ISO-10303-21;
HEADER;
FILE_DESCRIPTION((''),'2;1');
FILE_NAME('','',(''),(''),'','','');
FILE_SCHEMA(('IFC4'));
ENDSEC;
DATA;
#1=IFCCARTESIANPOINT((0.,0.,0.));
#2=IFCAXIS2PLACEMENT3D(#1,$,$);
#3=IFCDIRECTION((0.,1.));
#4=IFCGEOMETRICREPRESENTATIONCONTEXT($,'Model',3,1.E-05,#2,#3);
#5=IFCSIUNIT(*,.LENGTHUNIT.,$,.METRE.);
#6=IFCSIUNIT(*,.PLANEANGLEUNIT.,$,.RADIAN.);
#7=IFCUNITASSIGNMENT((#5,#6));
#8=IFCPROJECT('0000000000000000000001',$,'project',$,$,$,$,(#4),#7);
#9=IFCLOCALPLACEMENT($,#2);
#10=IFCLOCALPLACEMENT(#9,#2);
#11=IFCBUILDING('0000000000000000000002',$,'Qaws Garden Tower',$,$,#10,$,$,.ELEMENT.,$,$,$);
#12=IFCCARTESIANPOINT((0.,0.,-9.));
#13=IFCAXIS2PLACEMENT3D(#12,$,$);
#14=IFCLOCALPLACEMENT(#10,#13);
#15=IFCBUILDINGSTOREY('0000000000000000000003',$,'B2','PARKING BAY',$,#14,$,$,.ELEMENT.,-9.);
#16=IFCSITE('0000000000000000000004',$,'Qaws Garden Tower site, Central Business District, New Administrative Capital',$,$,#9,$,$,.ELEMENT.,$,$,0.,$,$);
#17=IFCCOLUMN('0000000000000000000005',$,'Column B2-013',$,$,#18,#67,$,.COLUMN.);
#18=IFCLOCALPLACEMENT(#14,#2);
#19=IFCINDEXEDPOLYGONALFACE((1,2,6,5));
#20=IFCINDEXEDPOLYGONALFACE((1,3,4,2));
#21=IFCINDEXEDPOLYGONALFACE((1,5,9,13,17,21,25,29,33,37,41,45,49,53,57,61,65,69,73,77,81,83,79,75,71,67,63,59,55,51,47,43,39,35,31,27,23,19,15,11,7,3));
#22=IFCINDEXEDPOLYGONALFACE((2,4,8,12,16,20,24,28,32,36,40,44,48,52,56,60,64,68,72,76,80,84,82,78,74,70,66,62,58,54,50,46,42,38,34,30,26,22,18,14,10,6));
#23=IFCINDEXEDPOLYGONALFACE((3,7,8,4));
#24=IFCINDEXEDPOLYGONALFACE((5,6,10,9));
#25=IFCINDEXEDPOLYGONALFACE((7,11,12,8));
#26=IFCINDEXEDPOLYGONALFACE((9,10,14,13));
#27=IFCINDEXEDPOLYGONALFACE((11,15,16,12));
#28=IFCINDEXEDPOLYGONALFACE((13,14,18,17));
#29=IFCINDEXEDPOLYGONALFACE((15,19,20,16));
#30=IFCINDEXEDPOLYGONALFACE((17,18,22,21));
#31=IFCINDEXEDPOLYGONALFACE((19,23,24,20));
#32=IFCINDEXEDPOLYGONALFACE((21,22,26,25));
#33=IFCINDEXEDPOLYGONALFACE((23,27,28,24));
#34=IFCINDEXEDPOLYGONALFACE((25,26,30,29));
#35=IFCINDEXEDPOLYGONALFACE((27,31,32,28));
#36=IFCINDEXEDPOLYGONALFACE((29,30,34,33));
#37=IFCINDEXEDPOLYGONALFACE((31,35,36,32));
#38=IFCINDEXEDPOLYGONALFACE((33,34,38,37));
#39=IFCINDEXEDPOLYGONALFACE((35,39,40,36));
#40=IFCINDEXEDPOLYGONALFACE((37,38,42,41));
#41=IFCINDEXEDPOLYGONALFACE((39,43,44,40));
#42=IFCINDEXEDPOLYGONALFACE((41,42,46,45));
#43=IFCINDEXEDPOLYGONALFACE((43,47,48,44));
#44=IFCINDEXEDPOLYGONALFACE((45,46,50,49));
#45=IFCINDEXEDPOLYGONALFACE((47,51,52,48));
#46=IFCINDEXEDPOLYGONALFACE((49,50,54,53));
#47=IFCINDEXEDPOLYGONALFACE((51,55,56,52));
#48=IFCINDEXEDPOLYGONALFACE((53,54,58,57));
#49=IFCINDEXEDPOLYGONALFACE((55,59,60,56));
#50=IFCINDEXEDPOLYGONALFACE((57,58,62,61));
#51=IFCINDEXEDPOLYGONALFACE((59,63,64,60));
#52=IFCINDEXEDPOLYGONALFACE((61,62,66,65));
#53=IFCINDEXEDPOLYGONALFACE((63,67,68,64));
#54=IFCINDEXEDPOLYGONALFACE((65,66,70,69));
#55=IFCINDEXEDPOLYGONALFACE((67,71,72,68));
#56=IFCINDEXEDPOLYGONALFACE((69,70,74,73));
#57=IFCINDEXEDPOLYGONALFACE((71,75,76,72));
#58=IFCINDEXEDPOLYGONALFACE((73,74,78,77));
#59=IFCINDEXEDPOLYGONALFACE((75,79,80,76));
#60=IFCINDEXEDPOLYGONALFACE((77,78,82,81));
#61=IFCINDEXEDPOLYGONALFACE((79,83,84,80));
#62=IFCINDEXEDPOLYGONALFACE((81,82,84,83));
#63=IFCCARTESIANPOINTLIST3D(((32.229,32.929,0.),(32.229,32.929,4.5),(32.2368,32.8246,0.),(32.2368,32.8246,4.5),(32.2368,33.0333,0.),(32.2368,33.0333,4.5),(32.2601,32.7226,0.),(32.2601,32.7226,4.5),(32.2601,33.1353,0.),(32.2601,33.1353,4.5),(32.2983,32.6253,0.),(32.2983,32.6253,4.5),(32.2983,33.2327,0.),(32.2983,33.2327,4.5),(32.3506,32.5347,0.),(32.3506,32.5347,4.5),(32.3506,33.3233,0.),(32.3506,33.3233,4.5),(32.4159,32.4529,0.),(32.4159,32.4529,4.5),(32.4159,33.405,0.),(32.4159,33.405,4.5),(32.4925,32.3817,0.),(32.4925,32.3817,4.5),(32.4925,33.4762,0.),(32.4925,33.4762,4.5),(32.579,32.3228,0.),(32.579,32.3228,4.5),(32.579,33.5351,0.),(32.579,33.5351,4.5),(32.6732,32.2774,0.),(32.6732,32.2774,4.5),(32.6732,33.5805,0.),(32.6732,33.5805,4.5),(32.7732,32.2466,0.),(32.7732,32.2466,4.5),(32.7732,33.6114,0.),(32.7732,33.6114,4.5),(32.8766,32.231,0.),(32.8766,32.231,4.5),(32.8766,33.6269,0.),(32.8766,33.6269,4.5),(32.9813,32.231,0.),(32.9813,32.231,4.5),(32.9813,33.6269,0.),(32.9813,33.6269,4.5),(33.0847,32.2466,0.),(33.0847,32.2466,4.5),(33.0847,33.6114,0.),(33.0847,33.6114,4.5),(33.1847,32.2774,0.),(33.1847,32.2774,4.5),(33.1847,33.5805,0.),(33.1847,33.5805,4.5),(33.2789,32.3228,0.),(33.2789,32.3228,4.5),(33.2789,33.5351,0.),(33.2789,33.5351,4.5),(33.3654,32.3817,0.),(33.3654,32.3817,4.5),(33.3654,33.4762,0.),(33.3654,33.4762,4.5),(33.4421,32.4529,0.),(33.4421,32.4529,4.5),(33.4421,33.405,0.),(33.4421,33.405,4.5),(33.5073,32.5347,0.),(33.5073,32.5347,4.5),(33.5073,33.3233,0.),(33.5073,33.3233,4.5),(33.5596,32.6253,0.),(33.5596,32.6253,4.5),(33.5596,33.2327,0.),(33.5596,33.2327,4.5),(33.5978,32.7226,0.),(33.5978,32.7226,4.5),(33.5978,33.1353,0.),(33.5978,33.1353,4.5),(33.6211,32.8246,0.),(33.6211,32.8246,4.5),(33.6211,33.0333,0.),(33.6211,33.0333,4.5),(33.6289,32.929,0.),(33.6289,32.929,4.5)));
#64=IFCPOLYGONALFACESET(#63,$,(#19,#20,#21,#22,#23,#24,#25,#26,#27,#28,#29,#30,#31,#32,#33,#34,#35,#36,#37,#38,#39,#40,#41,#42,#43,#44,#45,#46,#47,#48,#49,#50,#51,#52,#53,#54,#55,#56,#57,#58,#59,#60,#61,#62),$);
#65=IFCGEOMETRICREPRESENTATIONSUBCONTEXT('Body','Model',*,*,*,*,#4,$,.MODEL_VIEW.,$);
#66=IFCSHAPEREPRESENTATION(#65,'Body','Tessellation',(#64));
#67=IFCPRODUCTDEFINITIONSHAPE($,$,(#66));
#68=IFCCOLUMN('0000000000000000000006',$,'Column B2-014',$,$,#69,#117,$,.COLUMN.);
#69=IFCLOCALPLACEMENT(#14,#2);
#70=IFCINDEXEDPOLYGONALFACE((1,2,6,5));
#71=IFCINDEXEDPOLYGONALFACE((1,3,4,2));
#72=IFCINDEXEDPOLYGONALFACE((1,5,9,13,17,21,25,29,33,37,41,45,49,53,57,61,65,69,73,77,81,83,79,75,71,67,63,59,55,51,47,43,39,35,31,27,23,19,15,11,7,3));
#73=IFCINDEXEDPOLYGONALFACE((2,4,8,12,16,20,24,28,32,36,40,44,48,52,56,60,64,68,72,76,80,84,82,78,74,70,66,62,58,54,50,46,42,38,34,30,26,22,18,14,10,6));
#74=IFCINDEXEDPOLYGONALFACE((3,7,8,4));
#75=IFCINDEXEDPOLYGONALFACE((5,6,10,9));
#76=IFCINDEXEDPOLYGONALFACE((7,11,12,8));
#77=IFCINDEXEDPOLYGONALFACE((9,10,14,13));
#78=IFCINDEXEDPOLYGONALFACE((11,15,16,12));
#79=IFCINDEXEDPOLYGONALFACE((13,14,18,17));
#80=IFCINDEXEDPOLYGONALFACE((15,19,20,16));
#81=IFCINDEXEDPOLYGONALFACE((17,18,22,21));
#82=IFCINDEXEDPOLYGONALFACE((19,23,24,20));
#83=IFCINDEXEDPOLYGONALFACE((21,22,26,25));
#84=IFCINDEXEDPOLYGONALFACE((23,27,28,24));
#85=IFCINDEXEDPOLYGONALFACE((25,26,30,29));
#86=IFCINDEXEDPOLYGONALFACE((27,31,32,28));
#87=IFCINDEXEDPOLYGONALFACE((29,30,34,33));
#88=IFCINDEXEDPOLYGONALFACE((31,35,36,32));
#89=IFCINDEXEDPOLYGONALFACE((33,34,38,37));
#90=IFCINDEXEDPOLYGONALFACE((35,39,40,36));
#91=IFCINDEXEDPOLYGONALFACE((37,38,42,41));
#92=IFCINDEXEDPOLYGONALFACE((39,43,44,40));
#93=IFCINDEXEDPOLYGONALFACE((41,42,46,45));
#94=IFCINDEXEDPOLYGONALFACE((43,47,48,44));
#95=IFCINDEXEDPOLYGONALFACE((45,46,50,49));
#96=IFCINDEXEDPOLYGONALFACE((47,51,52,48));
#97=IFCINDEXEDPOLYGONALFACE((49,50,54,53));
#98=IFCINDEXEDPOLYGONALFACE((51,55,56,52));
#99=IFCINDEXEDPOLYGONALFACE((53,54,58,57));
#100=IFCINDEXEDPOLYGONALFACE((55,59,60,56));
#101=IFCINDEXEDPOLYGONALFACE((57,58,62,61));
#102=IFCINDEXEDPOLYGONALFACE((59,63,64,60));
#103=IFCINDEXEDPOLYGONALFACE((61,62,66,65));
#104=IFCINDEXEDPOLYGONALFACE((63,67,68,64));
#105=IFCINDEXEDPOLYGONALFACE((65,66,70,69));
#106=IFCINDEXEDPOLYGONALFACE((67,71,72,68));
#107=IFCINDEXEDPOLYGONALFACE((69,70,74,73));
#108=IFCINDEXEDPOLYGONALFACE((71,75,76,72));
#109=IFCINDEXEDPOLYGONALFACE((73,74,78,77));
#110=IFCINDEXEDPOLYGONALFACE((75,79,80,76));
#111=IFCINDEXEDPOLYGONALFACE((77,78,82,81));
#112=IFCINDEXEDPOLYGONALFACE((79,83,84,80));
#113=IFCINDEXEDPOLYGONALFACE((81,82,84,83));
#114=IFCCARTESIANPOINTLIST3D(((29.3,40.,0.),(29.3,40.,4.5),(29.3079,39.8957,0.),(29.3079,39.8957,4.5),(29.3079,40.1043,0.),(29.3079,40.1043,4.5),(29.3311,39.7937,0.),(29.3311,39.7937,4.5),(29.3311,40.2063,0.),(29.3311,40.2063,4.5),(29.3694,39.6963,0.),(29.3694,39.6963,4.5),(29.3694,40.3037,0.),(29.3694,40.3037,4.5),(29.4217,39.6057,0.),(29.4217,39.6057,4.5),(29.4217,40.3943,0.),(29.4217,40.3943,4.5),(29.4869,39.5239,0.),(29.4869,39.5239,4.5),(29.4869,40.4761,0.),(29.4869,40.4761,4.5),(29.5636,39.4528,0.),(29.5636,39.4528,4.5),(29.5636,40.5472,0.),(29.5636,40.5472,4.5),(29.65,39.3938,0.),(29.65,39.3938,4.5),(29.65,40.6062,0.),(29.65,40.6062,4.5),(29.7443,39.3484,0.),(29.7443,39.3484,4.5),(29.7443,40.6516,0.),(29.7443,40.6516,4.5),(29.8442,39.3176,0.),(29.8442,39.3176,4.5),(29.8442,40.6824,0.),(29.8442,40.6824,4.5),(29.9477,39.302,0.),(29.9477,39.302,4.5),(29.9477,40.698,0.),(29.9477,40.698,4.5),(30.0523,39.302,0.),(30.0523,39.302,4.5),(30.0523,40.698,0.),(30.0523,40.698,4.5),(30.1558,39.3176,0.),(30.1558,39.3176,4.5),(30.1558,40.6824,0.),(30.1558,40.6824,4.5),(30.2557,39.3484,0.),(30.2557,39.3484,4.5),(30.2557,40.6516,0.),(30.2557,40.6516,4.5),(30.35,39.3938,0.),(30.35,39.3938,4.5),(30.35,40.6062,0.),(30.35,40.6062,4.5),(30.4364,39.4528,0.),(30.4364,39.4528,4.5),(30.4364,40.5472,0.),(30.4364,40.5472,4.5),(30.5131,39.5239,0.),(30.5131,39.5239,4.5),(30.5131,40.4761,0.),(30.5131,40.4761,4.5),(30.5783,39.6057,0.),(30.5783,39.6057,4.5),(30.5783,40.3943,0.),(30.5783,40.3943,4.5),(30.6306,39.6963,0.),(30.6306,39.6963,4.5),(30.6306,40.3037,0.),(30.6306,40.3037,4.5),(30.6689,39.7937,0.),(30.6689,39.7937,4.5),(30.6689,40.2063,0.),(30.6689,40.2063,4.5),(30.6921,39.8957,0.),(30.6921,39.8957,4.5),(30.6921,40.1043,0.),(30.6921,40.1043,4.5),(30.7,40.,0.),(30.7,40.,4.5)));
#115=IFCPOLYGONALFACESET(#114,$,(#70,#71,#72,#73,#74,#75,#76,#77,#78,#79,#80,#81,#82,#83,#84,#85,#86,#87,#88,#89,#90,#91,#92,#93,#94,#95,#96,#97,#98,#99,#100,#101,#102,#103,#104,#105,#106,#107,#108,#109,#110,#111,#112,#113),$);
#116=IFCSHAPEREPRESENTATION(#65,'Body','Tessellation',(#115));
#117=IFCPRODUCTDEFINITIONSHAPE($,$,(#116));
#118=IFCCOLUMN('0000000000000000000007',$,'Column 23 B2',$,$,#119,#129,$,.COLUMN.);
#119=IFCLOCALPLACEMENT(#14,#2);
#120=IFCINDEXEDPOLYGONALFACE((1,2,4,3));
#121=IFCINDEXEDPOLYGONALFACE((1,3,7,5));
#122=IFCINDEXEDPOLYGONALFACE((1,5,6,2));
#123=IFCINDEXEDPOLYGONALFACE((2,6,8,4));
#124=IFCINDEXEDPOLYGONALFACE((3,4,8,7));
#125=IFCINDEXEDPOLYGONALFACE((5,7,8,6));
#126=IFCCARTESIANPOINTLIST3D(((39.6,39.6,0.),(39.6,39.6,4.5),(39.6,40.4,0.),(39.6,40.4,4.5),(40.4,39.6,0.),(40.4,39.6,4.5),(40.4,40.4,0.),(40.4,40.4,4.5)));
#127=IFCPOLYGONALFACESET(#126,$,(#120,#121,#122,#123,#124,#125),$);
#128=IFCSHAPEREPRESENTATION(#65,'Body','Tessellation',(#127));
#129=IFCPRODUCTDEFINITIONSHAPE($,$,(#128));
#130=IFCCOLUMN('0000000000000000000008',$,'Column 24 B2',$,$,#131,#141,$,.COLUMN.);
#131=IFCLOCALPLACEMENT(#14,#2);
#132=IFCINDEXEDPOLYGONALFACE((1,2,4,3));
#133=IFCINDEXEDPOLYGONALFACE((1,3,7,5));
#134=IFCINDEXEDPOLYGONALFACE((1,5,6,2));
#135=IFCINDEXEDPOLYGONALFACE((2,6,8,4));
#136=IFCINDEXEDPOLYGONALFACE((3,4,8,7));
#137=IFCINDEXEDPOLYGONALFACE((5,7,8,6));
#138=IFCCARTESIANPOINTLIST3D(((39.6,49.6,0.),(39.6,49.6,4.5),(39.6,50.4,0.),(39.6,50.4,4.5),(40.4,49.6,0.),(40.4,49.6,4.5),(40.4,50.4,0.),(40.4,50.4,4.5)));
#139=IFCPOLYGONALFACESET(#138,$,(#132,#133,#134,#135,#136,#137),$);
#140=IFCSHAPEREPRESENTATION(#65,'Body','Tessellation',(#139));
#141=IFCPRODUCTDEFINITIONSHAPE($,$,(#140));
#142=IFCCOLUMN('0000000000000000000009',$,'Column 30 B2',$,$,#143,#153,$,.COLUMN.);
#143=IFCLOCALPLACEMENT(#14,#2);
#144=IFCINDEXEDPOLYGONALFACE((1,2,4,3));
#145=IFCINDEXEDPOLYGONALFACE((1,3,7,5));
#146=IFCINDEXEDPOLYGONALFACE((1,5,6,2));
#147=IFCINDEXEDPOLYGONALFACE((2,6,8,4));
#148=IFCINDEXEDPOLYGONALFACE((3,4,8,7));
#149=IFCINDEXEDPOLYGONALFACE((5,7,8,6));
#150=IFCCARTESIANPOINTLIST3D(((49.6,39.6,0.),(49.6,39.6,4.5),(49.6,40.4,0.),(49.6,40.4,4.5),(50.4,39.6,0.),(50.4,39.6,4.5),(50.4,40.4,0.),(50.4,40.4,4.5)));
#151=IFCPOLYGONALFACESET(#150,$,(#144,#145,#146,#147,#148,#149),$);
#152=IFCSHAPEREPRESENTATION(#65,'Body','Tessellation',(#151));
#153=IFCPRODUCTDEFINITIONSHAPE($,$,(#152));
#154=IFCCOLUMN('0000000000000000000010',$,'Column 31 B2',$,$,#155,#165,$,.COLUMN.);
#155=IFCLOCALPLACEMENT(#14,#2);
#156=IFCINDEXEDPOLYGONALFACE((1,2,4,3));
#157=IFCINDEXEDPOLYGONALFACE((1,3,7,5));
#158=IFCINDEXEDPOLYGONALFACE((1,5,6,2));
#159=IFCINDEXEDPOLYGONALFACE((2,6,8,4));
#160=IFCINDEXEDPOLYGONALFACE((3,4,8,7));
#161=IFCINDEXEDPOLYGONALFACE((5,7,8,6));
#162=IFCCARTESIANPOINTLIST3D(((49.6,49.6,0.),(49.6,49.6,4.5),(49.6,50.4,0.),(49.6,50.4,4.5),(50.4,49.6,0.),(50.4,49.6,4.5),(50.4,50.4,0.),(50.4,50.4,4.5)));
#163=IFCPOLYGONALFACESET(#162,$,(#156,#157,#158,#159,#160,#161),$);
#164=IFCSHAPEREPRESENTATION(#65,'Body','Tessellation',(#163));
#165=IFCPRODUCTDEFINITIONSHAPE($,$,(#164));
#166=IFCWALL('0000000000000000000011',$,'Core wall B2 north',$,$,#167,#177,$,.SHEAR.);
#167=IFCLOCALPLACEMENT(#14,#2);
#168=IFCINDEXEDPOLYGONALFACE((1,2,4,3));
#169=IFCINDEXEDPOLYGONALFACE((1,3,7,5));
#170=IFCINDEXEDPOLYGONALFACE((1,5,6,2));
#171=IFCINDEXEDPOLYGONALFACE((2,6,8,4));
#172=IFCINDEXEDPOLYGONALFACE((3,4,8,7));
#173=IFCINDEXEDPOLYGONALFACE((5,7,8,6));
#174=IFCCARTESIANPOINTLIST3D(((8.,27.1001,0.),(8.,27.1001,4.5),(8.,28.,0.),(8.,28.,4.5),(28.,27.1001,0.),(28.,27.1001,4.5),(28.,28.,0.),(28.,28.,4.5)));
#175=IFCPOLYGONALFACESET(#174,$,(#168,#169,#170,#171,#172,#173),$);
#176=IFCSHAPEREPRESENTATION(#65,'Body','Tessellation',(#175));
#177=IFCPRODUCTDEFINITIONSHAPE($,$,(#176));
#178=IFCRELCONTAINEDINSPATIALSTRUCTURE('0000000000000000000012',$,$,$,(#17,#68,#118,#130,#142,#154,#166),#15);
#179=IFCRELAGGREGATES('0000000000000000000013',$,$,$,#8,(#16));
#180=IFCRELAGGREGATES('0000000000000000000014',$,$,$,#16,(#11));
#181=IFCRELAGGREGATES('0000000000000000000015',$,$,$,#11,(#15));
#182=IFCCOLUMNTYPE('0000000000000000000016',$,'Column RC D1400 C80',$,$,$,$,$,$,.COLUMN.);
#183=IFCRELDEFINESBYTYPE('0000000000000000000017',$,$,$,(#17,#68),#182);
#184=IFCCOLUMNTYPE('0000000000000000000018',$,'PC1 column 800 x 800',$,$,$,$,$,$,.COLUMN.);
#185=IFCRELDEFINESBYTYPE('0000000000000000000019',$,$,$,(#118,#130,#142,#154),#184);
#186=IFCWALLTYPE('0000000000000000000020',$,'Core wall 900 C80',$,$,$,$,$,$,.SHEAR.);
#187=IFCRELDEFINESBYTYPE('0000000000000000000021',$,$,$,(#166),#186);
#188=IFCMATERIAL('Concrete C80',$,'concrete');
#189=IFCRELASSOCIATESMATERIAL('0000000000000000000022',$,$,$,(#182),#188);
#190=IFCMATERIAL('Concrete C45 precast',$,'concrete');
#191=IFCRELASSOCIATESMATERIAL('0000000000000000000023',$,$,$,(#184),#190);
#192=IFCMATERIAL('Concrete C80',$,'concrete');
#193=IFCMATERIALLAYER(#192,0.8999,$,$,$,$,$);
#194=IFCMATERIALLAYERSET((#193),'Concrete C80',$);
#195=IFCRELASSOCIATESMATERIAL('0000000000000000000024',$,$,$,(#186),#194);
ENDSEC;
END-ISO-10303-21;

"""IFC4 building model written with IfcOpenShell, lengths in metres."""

from ifc_helpers import new_model, si_unit, direction, frame, frame_2d, origin, origin_2d, place, context, subcontext, project, spatial, rectangle, circle, extrude, material, layer, layer_set, material_profile, profile_set, type_object, element, save


model = new_model("IFC4")

# Units and contexts
model_context = context("Model", 3, precision=1e-05, world=origin(), true_north=direction((0.0, 1.0)))
body_context = subcontext(model_context, "Body", "Model", "MODEL_VIEW")
ifc_project = project(units=[si_unit("LENGTHUNIT", "METRE"), si_unit("PLANEANGLEUNIT", "RADIAN")], contexts=[model_context])

# Site, building, storey
site_placement = place(None, origin())
site = spatial("IfcSite", under=ifc_project, at=site_placement, Name="Qaws Garden Tower site, Central Business District, New Administrative Capital", CompositionType="ELEMENT", RefElevation=0.0)
building_placement = place(site_placement, origin())
building = spatial("IfcBuilding", under=site, at=building_placement, Name="Qaws Garden Tower", CompositionType="ELEMENT")
storey_placement = place(building_placement, frame((0.0, 0.0, -9.0)))
storey = spatial("IfcBuildingStorey", under=building, at=storey_placement, Name="B2", Description="PARKING BAY", CompositionType="ELEMENT", Elevation=-9.0)

# Columns
ifc_material_1 = material(Name="Concrete C80", Category="concrete")
ifc_material_profile_1 = material_profile(ifc_material_1, circle(Radius=0.7, at=origin_2d()), Name="RC D1400")
ifc_profile_set_1 = profile_set([ifc_material_profile_1], Name="Concrete C80")
column_type_1 = type_object("IfcColumnType", Name="Column RC D1400 C80", PredefinedType="COLUMN", material=ifc_profile_set_1)
for number, where, z_axis, x_axis, name in (
    (1, (32.929, 32.929, 0.0), (0.0, 0.0, 1.0), (1.0, 0.0, 0.0), "Column B2-013"),
    (2, (30.0, 40.0, 0.0), (0.0, 0.0, 1.0), (1.0, 0.0, 0.0), "Column B2-014"),
):
    element("IfcColumn", number, at=place(storey_placement, frame(where, z_axis=z_axis, x_axis=x_axis)), inside=storey, type_object=column_type_1, Name=name, PredefinedType="COLUMN", context=body_context, shape_type="SweptSolid", body=[
        extrude(circle(Radius=0.7, at=origin_2d()), origin(), (0.0, 0.0, 1.0), 4.5),
    ])
ifc_material_2 = material(Name="Concrete C45 precast", Category="concrete")
ifc_material_profile_2 = material_profile(ifc_material_2, rectangle(XDim=0.8, YDim=0.8, at=origin_2d()), Name="PC1 column 800 x 800")
ifc_profile_set_2 = profile_set([ifc_material_profile_2], Name="Concrete C45 precast")
column_type_2 = type_object("IfcColumnType", Name="PC1 column 800 x 800", PredefinedType="COLUMN", material=ifc_profile_set_2)
for number, where, z_axis, x_axis, name in (
    (3, (40.0, 40.0, 0.0), (0.0, 0.0, 1.0), (1.0, 0.0, 0.0), "Column 23 B2"),
    (4, (40.0, 50.0, 0.0), (0.0, 0.0, 1.0), (1.0, 0.0, 0.0), "Column 24 B2"),
    (5, (50.0, 40.0, 0.0), (0.0, 0.0, 1.0), (1.0, 0.0, 0.0), "Column 30 B2"),
    (6, (50.0, 50.0, 0.0), (0.0, 0.0, 1.0), (1.0, 0.0, 0.0), "Column 31 B2"),
):
    element("IfcColumn", number, at=place(storey_placement, frame(where, z_axis=z_axis, x_axis=x_axis)), inside=storey, type_object=column_type_2, Name=name, PredefinedType="COLUMN", context=body_context, shape_type="SweptSolid", body=[
        extrude(rectangle(XDim=0.8, YDim=0.8, at=origin_2d()), origin(), (0.0, 0.0, 1.0), 4.5),
    ])

# Wall
ifc_material_3 = material(Name="Concrete C80", Category="concrete")
ifc_layer = layer(ifc_material_3, 0.8999)
ifc_layer_set = layer_set([ifc_layer], Name="Concrete C80")
wall_type = type_object("IfcWallType", Name="Core wall 900 C80", PredefinedType="SHEAR", material=ifc_layer_set)
wall_placement = place(storey_placement, frame((28.0, 27.55, 0.0), z_axis=(0.0, 0.0, 1.0), x_axis=(-1.0, 0.0, 0.0)))
element("IfcWall", 7, at=wall_placement, inside=storey, type_object=wall_type, Name="Core wall B2 north", PredefinedType="SHEAR", context=body_context, shape_type="SweptSolid", body=[
    extrude(rectangle(XDim=20.0, YDim=0.8999, at=frame_2d((10.0, 0.0))), origin(), (0.0, 0.0, 1.0), 4.5),
])

save(model, "model.ifc")
